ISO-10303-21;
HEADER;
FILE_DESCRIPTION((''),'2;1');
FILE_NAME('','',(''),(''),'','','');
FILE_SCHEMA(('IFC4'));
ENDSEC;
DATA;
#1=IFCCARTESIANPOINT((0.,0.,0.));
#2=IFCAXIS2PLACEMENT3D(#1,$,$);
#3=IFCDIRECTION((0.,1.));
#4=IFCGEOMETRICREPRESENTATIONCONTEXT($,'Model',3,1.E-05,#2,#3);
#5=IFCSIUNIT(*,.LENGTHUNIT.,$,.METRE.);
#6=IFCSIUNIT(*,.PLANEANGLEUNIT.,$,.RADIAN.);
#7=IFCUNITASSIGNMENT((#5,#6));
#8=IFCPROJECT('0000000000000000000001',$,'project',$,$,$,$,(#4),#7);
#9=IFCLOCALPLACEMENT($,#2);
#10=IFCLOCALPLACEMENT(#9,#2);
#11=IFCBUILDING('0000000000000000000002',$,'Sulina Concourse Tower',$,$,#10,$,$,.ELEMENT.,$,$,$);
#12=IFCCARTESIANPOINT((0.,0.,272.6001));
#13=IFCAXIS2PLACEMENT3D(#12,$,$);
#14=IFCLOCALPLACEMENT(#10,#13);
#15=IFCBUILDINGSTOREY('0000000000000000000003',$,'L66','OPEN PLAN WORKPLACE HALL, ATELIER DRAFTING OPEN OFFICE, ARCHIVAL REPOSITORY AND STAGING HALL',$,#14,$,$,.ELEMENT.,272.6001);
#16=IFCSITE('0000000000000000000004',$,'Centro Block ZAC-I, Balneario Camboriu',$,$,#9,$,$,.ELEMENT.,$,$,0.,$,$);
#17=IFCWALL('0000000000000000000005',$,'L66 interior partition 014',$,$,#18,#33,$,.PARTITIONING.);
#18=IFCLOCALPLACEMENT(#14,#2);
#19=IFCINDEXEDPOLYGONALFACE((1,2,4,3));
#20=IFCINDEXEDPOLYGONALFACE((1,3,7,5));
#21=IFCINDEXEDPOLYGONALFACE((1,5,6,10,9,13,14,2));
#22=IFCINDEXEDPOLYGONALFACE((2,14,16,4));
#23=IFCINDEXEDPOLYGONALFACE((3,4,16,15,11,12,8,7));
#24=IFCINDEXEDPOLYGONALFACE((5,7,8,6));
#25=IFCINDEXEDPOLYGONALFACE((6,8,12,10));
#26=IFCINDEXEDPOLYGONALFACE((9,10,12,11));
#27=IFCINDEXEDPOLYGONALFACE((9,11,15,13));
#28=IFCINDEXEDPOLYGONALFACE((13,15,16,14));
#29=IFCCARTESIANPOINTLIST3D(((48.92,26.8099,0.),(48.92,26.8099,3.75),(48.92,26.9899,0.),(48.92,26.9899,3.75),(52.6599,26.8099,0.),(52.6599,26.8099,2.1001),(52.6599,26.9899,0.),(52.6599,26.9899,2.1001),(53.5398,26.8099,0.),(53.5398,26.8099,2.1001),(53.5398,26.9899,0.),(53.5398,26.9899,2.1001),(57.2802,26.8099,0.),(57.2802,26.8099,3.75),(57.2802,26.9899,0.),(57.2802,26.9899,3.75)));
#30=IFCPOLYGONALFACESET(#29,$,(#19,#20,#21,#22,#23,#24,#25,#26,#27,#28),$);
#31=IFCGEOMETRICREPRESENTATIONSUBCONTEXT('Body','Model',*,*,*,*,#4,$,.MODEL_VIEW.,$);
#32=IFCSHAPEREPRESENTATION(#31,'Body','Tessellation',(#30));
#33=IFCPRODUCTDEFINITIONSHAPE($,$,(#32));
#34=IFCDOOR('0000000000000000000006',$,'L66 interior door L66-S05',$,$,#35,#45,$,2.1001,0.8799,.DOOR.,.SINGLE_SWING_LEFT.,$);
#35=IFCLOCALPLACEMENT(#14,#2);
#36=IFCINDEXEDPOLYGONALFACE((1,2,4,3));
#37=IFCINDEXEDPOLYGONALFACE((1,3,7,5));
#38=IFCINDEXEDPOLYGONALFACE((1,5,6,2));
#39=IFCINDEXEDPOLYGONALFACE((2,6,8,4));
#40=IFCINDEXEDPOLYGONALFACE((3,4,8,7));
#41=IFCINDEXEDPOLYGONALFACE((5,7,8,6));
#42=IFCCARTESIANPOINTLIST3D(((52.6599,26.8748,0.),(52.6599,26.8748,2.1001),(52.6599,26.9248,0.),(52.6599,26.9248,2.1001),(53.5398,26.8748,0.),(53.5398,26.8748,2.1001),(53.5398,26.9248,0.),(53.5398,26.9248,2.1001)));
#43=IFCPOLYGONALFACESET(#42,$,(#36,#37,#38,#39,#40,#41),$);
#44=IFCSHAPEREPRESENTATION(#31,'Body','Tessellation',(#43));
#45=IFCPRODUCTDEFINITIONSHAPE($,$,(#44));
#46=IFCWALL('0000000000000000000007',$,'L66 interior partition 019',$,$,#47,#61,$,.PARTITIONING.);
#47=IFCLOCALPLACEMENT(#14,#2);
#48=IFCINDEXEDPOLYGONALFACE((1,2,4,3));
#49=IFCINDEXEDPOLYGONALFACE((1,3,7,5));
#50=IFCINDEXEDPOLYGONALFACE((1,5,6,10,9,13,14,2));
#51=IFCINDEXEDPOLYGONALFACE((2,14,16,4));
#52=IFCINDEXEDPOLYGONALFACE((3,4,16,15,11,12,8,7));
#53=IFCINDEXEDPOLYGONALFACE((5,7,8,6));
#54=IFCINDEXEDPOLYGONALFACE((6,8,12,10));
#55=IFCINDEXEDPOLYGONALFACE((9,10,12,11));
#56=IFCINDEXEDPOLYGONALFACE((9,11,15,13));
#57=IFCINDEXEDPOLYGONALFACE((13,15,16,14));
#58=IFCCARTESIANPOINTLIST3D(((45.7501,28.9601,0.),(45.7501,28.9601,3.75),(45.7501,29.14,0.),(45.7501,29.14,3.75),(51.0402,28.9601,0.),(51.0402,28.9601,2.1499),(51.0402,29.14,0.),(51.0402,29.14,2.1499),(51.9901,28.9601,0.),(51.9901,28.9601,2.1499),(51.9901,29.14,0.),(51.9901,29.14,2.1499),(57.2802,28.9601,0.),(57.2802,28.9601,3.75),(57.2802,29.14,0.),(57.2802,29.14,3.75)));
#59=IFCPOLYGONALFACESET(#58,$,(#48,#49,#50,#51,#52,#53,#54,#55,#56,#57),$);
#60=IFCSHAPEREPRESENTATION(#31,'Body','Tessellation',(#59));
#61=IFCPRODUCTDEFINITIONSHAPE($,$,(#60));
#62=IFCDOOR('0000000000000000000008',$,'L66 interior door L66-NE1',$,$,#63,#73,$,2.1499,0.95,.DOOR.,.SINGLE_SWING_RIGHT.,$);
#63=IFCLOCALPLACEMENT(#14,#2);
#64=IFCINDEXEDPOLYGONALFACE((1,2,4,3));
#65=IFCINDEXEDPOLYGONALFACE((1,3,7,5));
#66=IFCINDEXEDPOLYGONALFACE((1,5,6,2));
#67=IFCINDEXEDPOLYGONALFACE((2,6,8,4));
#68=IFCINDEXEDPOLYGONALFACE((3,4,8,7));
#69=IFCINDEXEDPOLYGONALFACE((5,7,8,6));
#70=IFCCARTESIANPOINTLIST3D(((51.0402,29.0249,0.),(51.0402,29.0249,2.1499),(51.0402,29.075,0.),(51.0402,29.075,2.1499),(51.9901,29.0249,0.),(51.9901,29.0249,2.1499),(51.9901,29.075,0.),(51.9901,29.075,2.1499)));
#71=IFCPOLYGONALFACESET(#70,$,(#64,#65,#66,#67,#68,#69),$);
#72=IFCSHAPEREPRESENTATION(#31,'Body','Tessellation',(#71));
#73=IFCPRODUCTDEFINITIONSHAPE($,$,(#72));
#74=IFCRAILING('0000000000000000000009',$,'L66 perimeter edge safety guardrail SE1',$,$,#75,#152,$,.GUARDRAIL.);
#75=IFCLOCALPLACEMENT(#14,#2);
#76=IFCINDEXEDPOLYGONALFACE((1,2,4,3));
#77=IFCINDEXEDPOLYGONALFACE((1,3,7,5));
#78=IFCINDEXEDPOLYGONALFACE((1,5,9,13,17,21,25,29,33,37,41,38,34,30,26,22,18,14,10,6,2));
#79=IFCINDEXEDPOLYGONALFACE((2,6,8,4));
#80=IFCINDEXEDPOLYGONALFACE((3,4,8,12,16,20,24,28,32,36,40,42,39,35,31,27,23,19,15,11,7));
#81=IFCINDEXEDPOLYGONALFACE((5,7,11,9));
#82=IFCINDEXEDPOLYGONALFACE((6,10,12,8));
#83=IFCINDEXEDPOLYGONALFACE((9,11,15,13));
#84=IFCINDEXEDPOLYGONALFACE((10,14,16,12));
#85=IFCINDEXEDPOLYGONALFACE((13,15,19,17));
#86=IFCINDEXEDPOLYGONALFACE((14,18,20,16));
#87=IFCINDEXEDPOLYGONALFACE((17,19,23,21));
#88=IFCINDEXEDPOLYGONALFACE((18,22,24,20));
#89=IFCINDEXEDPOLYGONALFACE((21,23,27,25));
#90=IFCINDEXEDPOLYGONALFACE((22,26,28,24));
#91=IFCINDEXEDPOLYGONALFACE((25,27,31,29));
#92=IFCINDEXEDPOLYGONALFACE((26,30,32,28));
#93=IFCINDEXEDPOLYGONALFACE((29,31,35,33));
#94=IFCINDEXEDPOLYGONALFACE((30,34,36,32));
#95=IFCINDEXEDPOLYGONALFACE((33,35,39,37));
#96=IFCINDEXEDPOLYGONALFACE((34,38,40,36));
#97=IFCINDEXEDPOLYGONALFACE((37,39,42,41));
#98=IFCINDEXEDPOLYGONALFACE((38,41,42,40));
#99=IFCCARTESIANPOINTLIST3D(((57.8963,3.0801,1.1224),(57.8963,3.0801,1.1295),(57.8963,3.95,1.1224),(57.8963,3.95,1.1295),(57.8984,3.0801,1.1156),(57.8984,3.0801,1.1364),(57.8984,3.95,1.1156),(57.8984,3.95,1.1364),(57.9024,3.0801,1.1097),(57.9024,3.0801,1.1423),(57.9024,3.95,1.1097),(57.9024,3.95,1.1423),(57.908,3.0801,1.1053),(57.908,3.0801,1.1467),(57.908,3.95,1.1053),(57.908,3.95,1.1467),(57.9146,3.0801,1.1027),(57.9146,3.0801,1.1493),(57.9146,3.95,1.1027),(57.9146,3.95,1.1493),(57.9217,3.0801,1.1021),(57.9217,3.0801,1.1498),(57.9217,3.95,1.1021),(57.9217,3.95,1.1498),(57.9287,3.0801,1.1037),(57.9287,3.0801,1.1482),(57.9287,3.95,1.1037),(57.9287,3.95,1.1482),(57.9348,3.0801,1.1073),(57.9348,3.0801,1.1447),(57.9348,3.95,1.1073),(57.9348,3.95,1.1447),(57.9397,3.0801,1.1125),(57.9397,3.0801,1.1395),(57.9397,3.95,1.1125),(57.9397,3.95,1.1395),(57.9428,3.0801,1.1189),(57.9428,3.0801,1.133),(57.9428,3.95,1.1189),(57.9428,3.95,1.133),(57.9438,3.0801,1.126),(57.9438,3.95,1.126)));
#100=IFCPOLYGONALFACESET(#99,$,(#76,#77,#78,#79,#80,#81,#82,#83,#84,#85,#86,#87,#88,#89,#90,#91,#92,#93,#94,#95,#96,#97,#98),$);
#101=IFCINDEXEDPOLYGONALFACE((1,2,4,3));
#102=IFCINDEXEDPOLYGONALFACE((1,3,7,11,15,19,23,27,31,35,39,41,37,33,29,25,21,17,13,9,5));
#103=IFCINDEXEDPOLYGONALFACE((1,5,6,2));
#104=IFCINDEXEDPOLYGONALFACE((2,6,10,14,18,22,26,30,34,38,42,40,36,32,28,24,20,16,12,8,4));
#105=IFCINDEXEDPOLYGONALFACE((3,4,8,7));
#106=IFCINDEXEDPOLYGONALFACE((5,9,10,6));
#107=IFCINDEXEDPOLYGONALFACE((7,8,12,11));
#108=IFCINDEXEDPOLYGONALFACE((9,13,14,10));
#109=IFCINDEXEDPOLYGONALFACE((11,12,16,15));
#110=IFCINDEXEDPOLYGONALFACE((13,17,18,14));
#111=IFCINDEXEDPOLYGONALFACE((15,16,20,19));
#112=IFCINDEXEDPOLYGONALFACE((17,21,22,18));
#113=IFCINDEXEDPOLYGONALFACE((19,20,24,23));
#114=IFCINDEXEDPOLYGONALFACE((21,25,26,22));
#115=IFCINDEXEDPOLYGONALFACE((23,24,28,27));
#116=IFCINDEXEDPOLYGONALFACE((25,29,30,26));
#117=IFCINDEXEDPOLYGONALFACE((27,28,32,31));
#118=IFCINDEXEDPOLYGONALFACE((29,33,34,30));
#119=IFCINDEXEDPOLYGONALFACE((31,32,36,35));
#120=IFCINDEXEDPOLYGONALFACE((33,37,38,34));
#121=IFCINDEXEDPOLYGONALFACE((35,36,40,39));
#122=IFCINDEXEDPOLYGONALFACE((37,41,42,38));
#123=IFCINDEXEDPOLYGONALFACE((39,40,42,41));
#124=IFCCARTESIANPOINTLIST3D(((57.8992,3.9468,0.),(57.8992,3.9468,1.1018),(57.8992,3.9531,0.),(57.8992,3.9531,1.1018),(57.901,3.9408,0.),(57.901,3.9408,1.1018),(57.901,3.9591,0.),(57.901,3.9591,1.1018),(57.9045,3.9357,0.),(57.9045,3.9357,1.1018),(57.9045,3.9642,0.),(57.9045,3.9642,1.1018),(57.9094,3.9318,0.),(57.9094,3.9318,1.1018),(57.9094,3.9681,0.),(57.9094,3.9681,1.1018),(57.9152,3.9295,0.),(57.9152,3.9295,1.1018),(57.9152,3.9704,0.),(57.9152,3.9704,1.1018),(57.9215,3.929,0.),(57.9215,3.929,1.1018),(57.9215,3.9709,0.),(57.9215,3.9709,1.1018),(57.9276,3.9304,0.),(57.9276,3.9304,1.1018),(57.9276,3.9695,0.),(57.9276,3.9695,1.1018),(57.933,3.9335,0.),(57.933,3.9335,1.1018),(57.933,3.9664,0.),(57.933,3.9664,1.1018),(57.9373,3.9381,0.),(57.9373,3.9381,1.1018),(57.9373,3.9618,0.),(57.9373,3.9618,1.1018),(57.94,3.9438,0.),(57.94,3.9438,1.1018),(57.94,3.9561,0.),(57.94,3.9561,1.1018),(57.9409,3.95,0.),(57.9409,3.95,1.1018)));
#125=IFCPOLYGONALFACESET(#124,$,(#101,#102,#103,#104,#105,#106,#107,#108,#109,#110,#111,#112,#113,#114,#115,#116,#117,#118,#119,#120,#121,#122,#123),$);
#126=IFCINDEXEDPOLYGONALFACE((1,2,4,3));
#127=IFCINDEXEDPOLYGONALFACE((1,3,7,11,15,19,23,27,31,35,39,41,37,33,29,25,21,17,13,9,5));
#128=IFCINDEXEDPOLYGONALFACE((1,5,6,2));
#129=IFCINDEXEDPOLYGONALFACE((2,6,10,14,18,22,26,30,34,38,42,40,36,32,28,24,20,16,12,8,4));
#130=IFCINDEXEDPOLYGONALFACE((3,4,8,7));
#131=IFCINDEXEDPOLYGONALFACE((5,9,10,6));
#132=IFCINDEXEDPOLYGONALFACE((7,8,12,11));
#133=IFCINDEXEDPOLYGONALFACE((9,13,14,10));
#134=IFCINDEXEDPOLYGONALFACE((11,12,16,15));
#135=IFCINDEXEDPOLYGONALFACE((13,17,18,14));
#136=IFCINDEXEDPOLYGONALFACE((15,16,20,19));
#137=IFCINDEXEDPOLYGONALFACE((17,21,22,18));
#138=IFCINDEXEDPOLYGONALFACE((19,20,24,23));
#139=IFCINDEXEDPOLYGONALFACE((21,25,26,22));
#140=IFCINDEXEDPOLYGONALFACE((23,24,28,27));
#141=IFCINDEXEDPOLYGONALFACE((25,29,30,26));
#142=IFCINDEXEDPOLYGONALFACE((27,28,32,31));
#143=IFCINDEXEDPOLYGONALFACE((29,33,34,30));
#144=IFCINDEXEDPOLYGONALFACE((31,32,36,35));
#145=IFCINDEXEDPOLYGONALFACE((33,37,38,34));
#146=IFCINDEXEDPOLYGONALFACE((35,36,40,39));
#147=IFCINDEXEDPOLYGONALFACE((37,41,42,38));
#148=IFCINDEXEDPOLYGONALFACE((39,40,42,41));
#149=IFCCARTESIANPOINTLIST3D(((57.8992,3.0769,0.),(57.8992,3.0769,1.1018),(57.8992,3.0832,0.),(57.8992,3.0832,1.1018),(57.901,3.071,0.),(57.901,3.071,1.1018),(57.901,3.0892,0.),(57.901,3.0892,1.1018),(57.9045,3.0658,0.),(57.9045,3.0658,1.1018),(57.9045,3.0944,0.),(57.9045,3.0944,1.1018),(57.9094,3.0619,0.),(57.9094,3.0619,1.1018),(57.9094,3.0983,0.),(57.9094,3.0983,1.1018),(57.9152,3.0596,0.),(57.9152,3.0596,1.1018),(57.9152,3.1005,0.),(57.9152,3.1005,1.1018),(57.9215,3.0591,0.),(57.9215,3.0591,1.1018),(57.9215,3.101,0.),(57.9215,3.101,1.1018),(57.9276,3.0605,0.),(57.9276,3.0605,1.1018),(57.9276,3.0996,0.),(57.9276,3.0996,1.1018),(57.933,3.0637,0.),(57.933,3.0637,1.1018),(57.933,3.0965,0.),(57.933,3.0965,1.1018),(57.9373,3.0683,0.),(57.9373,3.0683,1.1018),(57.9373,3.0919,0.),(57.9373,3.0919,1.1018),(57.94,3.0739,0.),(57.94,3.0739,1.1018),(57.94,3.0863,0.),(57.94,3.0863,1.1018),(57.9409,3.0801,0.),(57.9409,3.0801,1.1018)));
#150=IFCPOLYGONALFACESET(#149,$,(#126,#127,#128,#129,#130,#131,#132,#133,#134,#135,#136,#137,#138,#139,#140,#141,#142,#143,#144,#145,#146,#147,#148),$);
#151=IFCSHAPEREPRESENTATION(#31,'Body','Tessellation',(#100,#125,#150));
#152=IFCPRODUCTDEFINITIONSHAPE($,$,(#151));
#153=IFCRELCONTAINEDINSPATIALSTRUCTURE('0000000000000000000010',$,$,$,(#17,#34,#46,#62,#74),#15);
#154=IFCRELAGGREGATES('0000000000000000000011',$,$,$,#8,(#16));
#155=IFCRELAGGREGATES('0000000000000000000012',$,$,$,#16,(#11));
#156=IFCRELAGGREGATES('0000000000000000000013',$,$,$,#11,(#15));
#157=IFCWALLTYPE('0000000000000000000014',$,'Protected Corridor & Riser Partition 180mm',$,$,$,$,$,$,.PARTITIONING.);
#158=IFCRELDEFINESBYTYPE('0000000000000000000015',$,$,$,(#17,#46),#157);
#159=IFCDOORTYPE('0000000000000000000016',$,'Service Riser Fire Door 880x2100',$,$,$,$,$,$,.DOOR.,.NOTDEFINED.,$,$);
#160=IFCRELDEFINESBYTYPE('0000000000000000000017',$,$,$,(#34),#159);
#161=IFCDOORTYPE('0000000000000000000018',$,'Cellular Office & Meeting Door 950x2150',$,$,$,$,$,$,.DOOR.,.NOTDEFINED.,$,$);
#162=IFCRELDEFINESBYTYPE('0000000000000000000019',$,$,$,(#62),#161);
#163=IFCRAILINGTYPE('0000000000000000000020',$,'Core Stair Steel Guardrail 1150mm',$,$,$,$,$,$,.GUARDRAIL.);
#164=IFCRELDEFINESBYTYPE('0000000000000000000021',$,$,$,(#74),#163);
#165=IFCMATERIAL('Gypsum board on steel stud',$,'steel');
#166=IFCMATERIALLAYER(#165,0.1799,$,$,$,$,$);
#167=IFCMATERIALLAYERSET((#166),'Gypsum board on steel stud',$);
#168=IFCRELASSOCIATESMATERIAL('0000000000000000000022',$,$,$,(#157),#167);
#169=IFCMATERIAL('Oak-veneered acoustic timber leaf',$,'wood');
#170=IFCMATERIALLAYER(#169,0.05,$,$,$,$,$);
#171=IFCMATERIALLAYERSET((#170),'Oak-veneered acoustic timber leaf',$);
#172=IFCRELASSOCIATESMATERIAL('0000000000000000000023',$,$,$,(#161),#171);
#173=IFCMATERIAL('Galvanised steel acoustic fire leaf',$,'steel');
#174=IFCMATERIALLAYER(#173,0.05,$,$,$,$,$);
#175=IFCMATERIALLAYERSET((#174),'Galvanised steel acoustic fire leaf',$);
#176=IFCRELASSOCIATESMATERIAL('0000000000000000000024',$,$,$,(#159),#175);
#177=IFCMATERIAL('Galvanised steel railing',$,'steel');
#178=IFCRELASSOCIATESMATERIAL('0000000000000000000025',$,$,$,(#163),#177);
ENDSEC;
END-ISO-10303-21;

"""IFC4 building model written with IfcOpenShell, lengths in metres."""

from ifc_helpers import new_model, si_unit, direction, frame, frame_2d, origin, origin_2d, place, context, subcontext, project, spatial, rectangle, circle, extrude, material, layer, layer_set, type_object, element, fill, save


model = new_model("IFC4")

# Units and contexts
model_context = context("Model", 3, precision=1e-05, world=origin(), true_north=direction((0.0, 1.0)))
body_context = subcontext(model_context, "Body", "Model", "MODEL_VIEW")
ifc_project = project(units=[si_unit("LENGTHUNIT", "METRE"), si_unit("PLANEANGLEUNIT", "RADIAN")], contexts=[model_context])

# Site, building, storey
site_placement = place(None, origin())
site = spatial("IfcSite", under=ifc_project, at=site_placement, Name="Centro Block ZAC-I, Balneario Camboriu", CompositionType="ELEMENT", RefElevation=0.0)
building_placement = place(site_placement, origin())
building = spatial("IfcBuilding", under=site, at=building_placement, Name="Sulina Concourse Tower", CompositionType="ELEMENT")
storey_placement = place(building_placement, frame((0.0, 0.0, 272.6001)))
storey = spatial("IfcBuildingStorey", under=building, at=storey_placement, Name="L66", Description="OPEN PLAN WORKPLACE HALL, ATELIER DRAFTING OPEN OFFICE, ARCHIVAL REPOSITORY AND STAGING HALL", CompositionType="ELEMENT", Elevation=272.6001)

# Walls, openings, doors
ifc_material_1 = material(Name="Gypsum board on steel stud", Category="steel")
ifc_layer_1 = layer(ifc_material_1, 0.1799)
ifc_layer_set_1 = layer_set([ifc_layer_1], Name="Gypsum board on steel stud")
wall_type_1 = type_object("IfcWallType", Name="Protected Corridor & Riser Partition 180mm", PredefinedType="PARTITIONING", material=ifc_layer_set_1)
ifc_material_2 = material(Name="Oak-veneered acoustic timber leaf", Category="wood")
ifc_layer_2 = layer(ifc_material_2, 0.05)
ifc_layer_set_2 = layer_set([ifc_layer_2], Name="Oak-veneered acoustic timber leaf")
door_type_1 = type_object("IfcDoorType", Name="Cellular Office & Meeting Door 950x2150", OperationType="NOTDEFINED", PredefinedType="DOOR", material=ifc_layer_set_2)
wall_1_placement = place(storey_placement, frame((48.9199, 26.8999, 0.0), z_axis=(0.0, 0.0, 1.0), x_axis=(1.0, 0.0, 0.0)))
wall_1 = element("IfcWall", 1, at=wall_1_placement, inside=storey, type_object=wall_type_1, Name="L66 interior partition 014", PredefinedType="PARTITIONING", context=body_context, shape_type="SweptSolid", body=[
    extrude(rectangle(XDim=8.3601, YDim=0.1799, at=frame_2d((4.1802, 0.0))), origin(), (0.0, 0.0, 1.0), 3.75),
])
opening_1_placement = place(wall_1_placement, frame((3.74, 0.0, 0.0)))
opening_1 = element("IfcOpeningElement", 2, at=opening_1_placement, cuts=wall_1, PredefinedType="OPENING", context=body_context, shape_type="SweptSolid", body=[
    extrude(rectangle(XDim=0.8799, YDim=2.1001, at=frame_2d((0.4399, 1.05))), frame((0.0, 0.0999, 0.0), z_axis=(0.0, -1.0, 0.0), x_axis=(1.0, 0.0, 0.0)), (0.0, 0.0, 1.0), 0.2),
])
ifc_material_3 = material(Name="Galvanised steel acoustic fire leaf", Category="steel")
ifc_layer_3 = layer(ifc_material_3, 0.05)
ifc_layer_set_3 = layer_set([ifc_layer_3], Name="Galvanised steel acoustic fire leaf")
door_type_2 = type_object("IfcDoorType", Name="Service Riser Fire Door 880x2100", OperationType="NOTDEFINED", PredefinedType="DOOR", material=ifc_layer_set_3)
door_1_placement = place(opening_1_placement, origin())
door_1 = element("IfcDoor", 3, at=door_1_placement, inside=storey, type_object=door_type_2, Name="L66 interior door L66-S05", OperationType="SINGLE_SWING_LEFT", OverallHeight=2.1001, OverallWidth=0.8799, PredefinedType="DOOR", context=body_context, shape_type="SweptSolid", body=[
    extrude(rectangle(XDim=0.8799, YDim=2.1001, at=frame_2d((0.4399, 1.05))), frame((0.0, 0.0249, 0.0), z_axis=(0.0, -1.0, 0.0), x_axis=(1.0, 0.0, 0.0)), (0.0, 0.0, 1.0), 0.05),
])
fill(opening_1, door_1)
wall_2_placement = place(storey_placement, frame((45.75, 29.05, 0.0), z_axis=(0.0, 0.0, 1.0), x_axis=(1.0, 0.0, 0.0)))
wall_2 = element("IfcWall", 4, at=wall_2_placement, inside=storey, type_object=wall_type_1, Name="L66 interior partition 019", PredefinedType="PARTITIONING", context=body_context, shape_type="SweptSolid", body=[
    extrude(rectangle(XDim=11.53, YDim=0.1799, at=frame_2d((5.7651, 0.0))), origin(), (0.0, 0.0, 1.0), 3.75),
])
opening_2_placement = place(wall_2_placement, frame((5.29, 0.0, 0.0)))
opening_2 = element("IfcOpeningElement", 5, at=opening_2_placement, cuts=wall_2, PredefinedType="OPENING", context=body_context, shape_type="SweptSolid", body=[
    extrude(rectangle(XDim=0.95, YDim=2.1499, at=frame_2d((0.4751, 1.075))), frame((0.0, 0.0999, 0.0), z_axis=(0.0, -1.0, 0.0), x_axis=(1.0, 0.0, 0.0)), (0.0, 0.0, 1.0), 0.2),
])
door_2_placement = place(opening_2_placement, origin())
door_2 = element("IfcDoor", 6, at=door_2_placement, inside=storey, type_object=door_type_1, Name="L66 interior door L66-NE1", OperationType="SINGLE_SWING_RIGHT", OverallHeight=2.1499, OverallWidth=0.95, PredefinedType="DOOR", context=body_context, shape_type="SweptSolid", body=[
    extrude(rectangle(XDim=0.95, YDim=2.1499, at=frame_2d((0.4751, 1.075))), frame((0.0, 0.0249, 0.0), z_axis=(0.0, -1.0, 0.0), x_axis=(1.0, 0.0, 0.0)), (0.0, 0.0, 1.0), 0.05),
])
fill(opening_2, door_2)

# Railing
ifc_material_4 = material(Name="Galvanised steel railing", Category="steel")
railing_type = type_object("IfcRailingType", Name="Core Stair Steel Guardrail 1150mm", PredefinedType="GUARDRAIL", material=ifc_material_4)
railing_placement = place(storey_placement, frame((57.9199, 3.95, 0.0)))
element("IfcRailing", 7, at=railing_placement, inside=storey, type_object=railing_type, Name="L66 perimeter edge safety guardrail SE1", PredefinedType="GUARDRAIL", context=body_context, shape_type="SweptSolid", body=[
    extrude(circle(Radius=0.0239, at=origin_2d()), frame((0.0, 0.0, 1.126), z_axis=(0.0, -1.0, 0.0), x_axis=(1.0, 0.0, 0.0)), (0.0, 0.0, 1.0), 0.8699),
    extrude(circle(Radius=0.021, at=origin_2d()), origin(), (0.0, 0.0, 1.0), 1.1018),
    extrude(circle(Radius=0.021, at=origin_2d()), frame((0.0, -0.8699, 0.0)), (0.0, 0.0, 1.0), 1.1018),
])

save(model, "model.ifc")
